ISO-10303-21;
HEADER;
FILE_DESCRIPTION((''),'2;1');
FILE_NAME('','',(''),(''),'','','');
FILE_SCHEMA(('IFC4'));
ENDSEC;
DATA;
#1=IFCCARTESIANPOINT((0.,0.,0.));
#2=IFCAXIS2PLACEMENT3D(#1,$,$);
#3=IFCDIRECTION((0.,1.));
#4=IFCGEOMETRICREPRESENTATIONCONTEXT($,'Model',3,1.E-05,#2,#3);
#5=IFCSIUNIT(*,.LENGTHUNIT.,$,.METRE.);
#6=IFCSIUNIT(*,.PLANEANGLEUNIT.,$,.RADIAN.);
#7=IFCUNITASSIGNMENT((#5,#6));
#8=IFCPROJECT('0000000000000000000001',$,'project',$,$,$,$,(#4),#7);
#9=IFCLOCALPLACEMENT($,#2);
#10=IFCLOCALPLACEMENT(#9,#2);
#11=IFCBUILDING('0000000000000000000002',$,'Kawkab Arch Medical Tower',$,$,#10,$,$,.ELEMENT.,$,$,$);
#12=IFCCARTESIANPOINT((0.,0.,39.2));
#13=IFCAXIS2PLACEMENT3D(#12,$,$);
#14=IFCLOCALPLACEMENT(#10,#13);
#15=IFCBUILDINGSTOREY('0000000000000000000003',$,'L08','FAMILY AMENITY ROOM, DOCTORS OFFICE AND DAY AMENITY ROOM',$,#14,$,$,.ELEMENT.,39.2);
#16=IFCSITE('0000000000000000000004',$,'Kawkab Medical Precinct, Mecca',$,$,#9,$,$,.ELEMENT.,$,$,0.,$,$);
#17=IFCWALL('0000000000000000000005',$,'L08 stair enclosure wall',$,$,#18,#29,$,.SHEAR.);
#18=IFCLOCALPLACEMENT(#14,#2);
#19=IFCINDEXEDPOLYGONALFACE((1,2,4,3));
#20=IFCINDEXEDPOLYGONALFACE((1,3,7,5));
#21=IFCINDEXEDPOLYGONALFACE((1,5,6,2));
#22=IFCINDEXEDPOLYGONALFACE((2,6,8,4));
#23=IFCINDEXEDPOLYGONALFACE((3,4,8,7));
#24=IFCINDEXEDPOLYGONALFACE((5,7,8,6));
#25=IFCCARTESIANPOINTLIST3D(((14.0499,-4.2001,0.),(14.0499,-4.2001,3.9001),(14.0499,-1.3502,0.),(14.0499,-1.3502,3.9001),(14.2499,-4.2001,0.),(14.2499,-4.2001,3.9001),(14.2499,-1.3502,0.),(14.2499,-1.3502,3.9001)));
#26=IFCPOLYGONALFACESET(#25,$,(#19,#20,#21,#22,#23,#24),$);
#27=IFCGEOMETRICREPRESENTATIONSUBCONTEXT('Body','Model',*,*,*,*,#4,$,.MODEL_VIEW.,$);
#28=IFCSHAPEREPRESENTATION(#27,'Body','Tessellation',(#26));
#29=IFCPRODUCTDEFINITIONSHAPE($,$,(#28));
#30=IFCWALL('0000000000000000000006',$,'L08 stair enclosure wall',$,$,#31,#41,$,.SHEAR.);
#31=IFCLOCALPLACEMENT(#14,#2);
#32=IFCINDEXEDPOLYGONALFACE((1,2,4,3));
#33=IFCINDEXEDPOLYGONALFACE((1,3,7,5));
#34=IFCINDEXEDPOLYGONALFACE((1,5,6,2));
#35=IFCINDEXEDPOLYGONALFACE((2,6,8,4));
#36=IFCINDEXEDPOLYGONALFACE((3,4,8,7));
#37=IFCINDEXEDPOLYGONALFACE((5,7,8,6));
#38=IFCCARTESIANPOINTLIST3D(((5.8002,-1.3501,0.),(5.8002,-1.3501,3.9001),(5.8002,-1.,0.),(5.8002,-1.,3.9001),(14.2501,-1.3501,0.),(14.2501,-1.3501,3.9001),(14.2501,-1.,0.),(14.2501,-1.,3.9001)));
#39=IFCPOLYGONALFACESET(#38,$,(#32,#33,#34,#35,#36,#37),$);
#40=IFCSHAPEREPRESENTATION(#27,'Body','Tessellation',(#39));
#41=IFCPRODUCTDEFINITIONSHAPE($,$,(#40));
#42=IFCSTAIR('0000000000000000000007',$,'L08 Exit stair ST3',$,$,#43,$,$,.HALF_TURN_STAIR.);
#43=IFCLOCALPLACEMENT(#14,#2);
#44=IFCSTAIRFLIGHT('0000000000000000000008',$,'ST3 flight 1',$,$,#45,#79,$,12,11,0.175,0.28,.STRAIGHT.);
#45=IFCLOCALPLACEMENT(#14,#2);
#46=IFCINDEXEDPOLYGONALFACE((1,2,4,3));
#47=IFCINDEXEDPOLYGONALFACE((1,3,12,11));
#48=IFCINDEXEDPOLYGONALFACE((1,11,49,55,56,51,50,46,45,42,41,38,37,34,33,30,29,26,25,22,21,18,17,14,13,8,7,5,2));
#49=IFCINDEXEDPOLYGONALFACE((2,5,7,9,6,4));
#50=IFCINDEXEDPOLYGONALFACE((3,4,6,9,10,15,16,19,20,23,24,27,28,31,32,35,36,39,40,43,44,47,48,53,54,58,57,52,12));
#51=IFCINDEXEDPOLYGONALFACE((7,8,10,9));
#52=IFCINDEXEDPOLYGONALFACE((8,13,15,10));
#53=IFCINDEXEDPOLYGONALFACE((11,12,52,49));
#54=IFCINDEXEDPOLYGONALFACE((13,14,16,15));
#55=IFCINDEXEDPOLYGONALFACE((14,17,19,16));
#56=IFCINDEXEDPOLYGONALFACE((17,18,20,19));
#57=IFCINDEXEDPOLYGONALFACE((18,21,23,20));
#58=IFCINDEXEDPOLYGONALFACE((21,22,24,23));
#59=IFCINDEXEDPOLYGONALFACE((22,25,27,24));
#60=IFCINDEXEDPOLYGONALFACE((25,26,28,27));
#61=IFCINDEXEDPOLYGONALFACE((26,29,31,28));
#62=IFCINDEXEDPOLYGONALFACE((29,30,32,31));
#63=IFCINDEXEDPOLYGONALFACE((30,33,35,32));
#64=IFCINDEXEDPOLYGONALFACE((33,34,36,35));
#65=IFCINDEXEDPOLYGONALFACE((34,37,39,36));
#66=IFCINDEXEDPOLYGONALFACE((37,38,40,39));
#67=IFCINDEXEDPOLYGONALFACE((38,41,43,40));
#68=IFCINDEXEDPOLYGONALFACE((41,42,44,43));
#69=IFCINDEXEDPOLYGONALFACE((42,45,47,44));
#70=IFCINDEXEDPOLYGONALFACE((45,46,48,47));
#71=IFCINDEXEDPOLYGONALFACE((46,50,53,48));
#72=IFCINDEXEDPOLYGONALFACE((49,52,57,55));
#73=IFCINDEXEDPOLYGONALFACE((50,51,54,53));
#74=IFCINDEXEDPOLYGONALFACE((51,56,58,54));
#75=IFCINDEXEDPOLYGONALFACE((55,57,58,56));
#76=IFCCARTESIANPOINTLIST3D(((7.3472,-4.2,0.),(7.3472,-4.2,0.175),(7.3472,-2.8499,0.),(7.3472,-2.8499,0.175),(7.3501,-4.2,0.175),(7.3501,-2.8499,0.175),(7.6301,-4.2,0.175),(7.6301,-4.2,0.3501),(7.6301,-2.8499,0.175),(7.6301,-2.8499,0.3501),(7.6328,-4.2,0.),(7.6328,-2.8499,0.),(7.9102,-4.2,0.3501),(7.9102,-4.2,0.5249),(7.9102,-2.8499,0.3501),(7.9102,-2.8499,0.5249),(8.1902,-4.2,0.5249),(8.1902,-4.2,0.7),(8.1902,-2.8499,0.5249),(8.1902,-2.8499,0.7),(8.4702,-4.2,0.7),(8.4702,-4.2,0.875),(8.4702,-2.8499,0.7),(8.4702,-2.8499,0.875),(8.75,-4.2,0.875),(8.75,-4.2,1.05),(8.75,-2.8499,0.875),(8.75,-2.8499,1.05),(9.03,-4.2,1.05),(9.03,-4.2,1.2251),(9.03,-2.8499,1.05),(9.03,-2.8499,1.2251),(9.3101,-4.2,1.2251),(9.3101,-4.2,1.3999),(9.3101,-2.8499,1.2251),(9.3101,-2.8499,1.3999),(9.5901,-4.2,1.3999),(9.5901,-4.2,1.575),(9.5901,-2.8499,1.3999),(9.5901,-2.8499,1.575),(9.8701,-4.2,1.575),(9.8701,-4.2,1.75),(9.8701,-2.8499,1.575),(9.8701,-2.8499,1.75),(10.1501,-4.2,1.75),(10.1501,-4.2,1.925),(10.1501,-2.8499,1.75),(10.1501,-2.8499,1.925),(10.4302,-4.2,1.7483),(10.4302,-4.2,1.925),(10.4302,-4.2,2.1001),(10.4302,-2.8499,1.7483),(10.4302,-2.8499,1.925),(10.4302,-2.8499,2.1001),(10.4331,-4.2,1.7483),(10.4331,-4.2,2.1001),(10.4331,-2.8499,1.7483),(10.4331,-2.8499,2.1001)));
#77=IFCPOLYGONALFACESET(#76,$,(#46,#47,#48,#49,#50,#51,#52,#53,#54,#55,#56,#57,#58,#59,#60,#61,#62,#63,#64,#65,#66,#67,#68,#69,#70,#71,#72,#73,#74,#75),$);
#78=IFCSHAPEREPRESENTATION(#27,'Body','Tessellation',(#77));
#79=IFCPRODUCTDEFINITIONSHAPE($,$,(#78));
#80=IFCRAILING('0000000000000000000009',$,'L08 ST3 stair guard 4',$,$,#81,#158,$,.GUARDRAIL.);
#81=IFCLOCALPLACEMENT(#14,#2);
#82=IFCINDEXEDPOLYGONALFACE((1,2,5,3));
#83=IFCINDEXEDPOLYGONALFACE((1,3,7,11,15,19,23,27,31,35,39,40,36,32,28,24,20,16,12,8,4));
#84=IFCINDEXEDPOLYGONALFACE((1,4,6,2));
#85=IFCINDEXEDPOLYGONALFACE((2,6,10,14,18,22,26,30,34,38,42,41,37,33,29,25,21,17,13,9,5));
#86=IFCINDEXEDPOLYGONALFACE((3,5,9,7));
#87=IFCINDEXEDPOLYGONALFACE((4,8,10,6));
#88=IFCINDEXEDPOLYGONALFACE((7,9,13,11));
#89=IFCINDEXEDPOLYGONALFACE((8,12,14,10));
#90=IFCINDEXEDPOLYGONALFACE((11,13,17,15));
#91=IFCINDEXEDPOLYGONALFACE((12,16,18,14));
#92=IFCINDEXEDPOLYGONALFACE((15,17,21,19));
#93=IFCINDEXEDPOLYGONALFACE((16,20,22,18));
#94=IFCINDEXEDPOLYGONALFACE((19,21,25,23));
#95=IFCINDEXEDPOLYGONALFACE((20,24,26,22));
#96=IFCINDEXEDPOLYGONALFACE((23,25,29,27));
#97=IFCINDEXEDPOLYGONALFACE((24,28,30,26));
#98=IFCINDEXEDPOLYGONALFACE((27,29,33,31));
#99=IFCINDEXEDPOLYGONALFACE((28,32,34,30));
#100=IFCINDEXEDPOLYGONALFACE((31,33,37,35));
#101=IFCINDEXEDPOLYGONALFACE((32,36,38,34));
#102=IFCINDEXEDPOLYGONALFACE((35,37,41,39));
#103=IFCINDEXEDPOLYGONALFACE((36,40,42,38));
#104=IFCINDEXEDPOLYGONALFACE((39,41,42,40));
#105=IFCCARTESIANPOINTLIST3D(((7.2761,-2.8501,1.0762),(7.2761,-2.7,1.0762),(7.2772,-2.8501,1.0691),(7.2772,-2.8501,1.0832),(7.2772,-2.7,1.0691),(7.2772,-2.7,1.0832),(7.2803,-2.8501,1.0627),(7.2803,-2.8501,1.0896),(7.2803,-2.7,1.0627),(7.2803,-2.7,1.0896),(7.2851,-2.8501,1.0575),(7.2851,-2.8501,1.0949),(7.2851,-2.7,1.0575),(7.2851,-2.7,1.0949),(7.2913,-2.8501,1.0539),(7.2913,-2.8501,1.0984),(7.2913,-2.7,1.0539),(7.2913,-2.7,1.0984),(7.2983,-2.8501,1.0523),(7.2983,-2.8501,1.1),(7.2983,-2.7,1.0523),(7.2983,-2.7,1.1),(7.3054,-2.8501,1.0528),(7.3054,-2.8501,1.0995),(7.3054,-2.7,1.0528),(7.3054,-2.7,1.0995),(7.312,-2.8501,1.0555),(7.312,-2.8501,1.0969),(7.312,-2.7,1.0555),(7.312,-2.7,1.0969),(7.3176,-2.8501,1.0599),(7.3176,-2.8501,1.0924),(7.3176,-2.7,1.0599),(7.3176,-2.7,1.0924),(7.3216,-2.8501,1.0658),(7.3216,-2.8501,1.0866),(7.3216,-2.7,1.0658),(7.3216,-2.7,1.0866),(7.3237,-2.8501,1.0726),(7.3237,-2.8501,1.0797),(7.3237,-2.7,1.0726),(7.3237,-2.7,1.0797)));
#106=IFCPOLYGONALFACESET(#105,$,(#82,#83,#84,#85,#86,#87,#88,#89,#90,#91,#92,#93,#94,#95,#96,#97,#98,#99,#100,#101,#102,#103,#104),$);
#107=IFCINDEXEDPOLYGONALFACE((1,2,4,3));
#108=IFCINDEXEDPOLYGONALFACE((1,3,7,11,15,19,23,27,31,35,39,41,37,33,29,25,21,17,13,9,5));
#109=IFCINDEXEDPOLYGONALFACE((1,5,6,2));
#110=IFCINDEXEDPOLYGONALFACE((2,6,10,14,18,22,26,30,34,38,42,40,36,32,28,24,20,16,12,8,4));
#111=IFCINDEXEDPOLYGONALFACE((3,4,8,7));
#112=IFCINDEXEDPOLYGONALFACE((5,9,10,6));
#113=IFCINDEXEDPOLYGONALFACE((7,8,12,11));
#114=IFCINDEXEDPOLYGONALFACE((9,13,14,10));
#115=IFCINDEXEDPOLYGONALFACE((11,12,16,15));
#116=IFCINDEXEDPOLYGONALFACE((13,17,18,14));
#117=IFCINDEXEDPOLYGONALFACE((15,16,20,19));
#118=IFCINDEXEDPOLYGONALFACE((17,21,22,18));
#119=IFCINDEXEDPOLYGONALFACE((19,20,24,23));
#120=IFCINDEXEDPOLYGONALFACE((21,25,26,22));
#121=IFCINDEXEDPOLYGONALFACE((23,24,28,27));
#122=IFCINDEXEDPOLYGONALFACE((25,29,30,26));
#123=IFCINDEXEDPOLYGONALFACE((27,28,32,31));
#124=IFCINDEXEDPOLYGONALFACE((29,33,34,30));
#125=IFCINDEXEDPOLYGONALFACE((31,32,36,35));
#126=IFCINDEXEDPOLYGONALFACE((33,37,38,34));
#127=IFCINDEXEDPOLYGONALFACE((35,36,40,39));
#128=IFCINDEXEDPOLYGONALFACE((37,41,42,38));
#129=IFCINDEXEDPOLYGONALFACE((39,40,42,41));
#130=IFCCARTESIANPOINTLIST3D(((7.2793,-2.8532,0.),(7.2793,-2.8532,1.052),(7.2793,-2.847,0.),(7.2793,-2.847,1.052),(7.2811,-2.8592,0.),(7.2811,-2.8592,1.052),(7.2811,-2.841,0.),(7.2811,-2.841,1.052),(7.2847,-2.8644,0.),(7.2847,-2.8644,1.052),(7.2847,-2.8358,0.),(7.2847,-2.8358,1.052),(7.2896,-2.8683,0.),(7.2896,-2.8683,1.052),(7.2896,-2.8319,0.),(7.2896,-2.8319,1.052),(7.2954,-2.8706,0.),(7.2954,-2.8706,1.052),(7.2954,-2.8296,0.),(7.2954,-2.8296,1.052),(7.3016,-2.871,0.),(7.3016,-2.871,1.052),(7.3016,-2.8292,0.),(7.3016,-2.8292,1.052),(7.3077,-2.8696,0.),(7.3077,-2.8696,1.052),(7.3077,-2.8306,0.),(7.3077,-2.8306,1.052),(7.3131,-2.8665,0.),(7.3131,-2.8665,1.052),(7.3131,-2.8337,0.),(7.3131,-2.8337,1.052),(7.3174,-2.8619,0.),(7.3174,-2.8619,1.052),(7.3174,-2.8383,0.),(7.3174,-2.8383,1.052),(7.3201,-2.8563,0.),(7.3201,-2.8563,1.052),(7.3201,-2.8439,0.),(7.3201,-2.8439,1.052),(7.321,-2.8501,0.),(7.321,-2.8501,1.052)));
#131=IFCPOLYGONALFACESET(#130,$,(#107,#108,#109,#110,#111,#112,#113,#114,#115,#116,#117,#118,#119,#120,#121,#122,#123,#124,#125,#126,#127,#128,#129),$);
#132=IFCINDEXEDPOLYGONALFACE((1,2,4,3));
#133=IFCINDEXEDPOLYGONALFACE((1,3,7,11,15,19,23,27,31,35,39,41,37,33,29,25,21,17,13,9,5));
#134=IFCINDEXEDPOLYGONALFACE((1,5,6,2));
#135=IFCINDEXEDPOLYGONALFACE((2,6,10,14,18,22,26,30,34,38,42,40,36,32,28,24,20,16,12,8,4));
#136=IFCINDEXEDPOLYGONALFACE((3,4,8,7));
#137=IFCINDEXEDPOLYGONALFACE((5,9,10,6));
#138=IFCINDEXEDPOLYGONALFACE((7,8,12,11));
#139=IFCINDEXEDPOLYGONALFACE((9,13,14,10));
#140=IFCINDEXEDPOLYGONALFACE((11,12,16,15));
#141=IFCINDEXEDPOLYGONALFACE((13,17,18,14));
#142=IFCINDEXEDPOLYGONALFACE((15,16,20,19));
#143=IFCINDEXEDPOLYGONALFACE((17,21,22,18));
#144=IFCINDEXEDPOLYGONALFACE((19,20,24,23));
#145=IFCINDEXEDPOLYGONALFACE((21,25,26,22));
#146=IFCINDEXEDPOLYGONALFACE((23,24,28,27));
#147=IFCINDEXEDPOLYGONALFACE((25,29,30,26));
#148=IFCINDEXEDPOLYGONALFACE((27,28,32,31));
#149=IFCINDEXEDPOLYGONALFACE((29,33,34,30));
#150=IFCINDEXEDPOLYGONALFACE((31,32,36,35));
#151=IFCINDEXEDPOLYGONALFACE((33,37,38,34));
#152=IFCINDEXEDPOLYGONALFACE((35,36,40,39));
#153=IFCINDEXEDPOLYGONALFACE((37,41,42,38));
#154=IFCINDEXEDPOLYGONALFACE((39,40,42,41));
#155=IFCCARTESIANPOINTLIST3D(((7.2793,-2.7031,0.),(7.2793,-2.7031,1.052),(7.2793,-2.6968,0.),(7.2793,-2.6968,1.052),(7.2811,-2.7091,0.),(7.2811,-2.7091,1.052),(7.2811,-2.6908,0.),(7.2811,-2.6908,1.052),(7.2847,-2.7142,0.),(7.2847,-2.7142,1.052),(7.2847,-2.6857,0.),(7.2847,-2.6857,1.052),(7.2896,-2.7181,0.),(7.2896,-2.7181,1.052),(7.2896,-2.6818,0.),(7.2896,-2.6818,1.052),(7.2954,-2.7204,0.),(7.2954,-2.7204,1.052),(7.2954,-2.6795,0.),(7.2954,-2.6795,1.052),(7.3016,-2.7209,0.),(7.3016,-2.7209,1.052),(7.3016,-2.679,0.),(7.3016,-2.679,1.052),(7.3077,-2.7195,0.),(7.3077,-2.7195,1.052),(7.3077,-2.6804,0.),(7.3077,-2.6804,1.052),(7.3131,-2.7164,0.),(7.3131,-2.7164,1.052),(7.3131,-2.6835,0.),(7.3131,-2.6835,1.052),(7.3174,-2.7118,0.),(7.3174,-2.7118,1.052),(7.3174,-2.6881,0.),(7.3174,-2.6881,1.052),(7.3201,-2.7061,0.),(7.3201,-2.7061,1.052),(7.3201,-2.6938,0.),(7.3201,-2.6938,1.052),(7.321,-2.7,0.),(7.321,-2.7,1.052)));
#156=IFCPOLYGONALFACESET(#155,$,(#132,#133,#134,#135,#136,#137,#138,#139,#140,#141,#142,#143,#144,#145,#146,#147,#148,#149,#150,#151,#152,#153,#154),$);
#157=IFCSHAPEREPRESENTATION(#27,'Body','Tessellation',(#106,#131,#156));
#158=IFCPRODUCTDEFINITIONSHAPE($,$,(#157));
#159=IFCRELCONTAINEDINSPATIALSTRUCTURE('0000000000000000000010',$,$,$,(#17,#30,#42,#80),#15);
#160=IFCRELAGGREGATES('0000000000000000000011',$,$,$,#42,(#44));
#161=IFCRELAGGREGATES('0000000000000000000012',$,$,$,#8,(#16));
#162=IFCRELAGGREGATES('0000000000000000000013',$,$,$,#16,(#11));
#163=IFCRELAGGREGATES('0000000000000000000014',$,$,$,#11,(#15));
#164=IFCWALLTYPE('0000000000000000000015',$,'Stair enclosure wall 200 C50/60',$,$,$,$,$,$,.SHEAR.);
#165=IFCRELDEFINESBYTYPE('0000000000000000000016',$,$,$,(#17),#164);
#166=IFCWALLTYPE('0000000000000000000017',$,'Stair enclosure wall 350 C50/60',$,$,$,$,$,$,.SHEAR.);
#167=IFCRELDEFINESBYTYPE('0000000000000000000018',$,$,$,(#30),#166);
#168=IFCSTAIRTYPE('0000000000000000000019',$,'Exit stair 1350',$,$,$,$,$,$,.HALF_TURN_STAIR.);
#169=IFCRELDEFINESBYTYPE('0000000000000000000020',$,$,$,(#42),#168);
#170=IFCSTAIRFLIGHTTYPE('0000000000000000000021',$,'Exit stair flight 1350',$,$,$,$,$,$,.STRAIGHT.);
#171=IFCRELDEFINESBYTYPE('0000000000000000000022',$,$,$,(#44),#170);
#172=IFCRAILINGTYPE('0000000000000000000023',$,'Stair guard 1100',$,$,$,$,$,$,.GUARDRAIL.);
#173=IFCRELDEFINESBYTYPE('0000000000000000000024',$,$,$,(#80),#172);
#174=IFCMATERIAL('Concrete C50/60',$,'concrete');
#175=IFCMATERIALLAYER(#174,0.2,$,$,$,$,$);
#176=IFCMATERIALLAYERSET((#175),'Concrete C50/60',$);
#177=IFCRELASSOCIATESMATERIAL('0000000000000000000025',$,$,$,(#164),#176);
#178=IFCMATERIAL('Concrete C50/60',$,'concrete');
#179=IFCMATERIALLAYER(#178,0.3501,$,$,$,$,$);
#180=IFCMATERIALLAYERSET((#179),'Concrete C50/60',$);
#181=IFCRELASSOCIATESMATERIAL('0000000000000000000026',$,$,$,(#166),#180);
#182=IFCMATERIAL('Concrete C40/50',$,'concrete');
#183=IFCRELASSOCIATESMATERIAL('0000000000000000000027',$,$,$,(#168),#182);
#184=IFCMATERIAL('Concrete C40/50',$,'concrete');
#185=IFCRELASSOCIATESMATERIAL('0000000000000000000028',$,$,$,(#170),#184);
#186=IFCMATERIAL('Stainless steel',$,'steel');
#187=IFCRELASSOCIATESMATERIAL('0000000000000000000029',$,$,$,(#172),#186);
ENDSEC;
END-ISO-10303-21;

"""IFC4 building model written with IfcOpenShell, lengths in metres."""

from ifc_helpers import new_model, si_unit, direction, frame, frame_2d, origin, origin_2d, place, context, subcontext, project, spatial, polyline, rectangle, circle, outline, extrude, material, layer, layer_set, type_object, element, aggregate, save


model = new_model("IFC4")

# Units and contexts
model_context = context("Model", 3, precision=1e-05, world=origin(), true_north=direction((0.0, 1.0)))
body_context = subcontext(model_context, "Body", "Model", "MODEL_VIEW")
ifc_project = project(units=[si_unit("LENGTHUNIT", "METRE"), si_unit("PLANEANGLEUNIT", "RADIAN")], contexts=[model_context])

# Site, building, storey
site_placement = place(None, origin())
site = spatial("IfcSite", under=ifc_project, at=site_placement, Name="Kawkab Medical Precinct, Mecca", CompositionType="ELEMENT", RefElevation=0.0)
building_placement = place(site_placement, origin())
building = spatial("IfcBuilding", under=site, at=building_placement, Name="Kawkab Arch Medical Tower", CompositionType="ELEMENT")
storey_placement = place(building_placement, frame((0.0, 0.0, 39.2)))
storey = spatial("IfcBuildingStorey", under=building, at=storey_placement, Name="L08", Description="FAMILY AMENITY ROOM, DOCTORS OFFICE AND DAY AMENITY ROOM", CompositionType="ELEMENT", Elevation=39.2)

# Shared definitions
placement = place(storey_placement, origin())

# Walls
ifc_material_1 = material(Name="Concrete C50/60", Category="concrete")
ifc_layer_1 = layer(ifc_material_1, 0.2)
ifc_layer_set_1 = layer_set([ifc_layer_1], Name="Concrete C50/60")
wall_type_1 = type_object("IfcWallType", Name="Stair enclosure wall 200 C50/60", PredefinedType="SHEAR", material=ifc_layer_set_1)
for number, where, z_axis, x_axis, name in (
    (1, (14.1499, -4.2, 0.0), (0.0, 0.0, 1.0), (0.0, 1.0, 0.0), "L08 stair enclosure wall"),
):
    element("IfcWall", number, at=place(storey_placement, frame(where, z_axis=z_axis, x_axis=x_axis)), inside=storey, type_object=wall_type_1, Name=name, PredefinedType="SHEAR", context=body_context, shape_type="SweptSolid", body=[
        extrude(rectangle(XDim=2.8499, YDim=0.2, at=frame_2d((1.4248, 0.0))), origin(), (0.0, 0.0, 1.0), 3.9001),
    ])
ifc_material_2 = material(Name="Concrete C50/60", Category="concrete")
ifc_layer_2 = layer(ifc_material_2, 0.3501)
ifc_layer_set_2 = layer_set([ifc_layer_2], Name="Concrete C50/60")
wall_type_2 = type_object("IfcWallType", Name="Stair enclosure wall 350 C50/60", PredefinedType="SHEAR", material=ifc_layer_set_2)
wall_1_placement = place(storey_placement, frame((5.8, -1.175, 0.0), z_axis=(0.0, 0.0, 1.0), x_axis=(1.0, 0.0, 0.0)))
element("IfcWall", 2, at=wall_1_placement, inside=storey, type_object=wall_type_2, Name="L08 stair enclosure wall", PredefinedType="SHEAR", context=body_context, shape_type="SweptSolid", body=[
    extrude(rectangle(XDim=8.45, YDim=0.3501, at=frame_2d((4.2251, 0.0))), origin(), (0.0, 0.0, 1.0), 3.9001),
])

# Stair, stair flight
ifc_material_3 = material(Name="Concrete C40/50", Category="concrete")
stair_type = type_object("IfcStairType", Name="Exit stair 1350", PredefinedType="HALF_TURN_STAIR", material=ifc_material_3)
stair = element("IfcStair", 3, at=placement, inside=storey, type_object=stair_type, Name="L08 Exit stair ST3", PredefinedType="HALF_TURN_STAIR")
ifc_material_4 = material(Name="Concrete C40/50", Category="concrete")
stair_flight_type = type_object("IfcStairFlightType", Name="Exit stair flight 1350", PredefinedType="STRAIGHT", material=ifc_material_4)
stair_flight_placement = place(storey_placement, frame((7.3501, -3.5249, 0.0), z_axis=(0.0, 0.0, 1.0), x_axis=(1.0, 0.0, 0.0)))
stair_flight = element("IfcStairFlight", 4, at=stair_flight_placement, type_object=stair_flight_type, Name="ST3 flight 1", NumberOfRisers=12, NumberOfTreads=11, PredefinedType="STRAIGHT", RiserHeight=0.175, TreadLength=0.28, context=body_context, shape_type="SweptSolid", body=[
    extrude(outline(polyline([(-0.0029, 0.0), (-0.0029, 0.175), (0.0, 0.175), (0.28, 0.175), (0.28, 0.3501), (0.5601, 0.3501), (0.5601, 0.5249), (0.8401, 0.5249), (0.8401, 0.7), (1.1201, 0.7), (1.1201, 0.875), (1.3999, 0.875), (1.3999, 1.05), (1.6799, 1.05), (1.6799, 1.2251), (1.96, 1.2251), (1.96, 1.3999), (2.24, 1.3999), (2.24, 1.575), (2.52, 1.575), (2.52, 1.75), (2.8, 1.75), (2.8, 1.925), (3.0801, 1.925), (3.0801, 2.1001), (3.083, 2.1001), (3.083, 1.7483), (3.0801, 1.7483), (0.2827, 0.0), (-0.0029, 0.0)])), frame((0.0, 0.675, 0.0), z_axis=(0.0, -1.0, 0.0), x_axis=(1.0, 0.0, 0.0)), (0.0, 0.0, 1.0), 1.3501),
])
aggregate(stair, [stair_flight])

# Railing
ifc_material_5 = material(Name="Stainless steel", Category="steel")
railing_type_1 = type_object("IfcRailingType", Name="Stair guard 1100", PredefinedType="GUARDRAIL", material=ifc_material_5)
railing_1_placement = place(storey_placement, frame((7.3, -2.8501, 0.0)))
element("IfcRailing", 5, at=railing_1_placement, inside=storey, type_object=railing_type_1, Name="L08 ST3 stair guard 4", PredefinedType="GUARDRAIL", context=body_context, shape_type="SweptSolid", body=[
    extrude(circle(Radius=0.0239, at=origin_2d()), frame((0.0, 0.0, 1.0762), z_axis=(0.0, 1.0, 0.0), x_axis=(-1.0, 0.0, 0.0)), (0.0, 0.0, 1.0), 0.1501),
    extrude(circle(Radius=0.021, at=origin_2d()), origin(), (0.0, 0.0, 1.0), 1.052),
    extrude(circle(Radius=0.021, at=origin_2d()), frame((0.0, 0.1501, 0.0)), (0.0, 0.0, 1.0), 1.052),
])

save(model, "model.ifc")
